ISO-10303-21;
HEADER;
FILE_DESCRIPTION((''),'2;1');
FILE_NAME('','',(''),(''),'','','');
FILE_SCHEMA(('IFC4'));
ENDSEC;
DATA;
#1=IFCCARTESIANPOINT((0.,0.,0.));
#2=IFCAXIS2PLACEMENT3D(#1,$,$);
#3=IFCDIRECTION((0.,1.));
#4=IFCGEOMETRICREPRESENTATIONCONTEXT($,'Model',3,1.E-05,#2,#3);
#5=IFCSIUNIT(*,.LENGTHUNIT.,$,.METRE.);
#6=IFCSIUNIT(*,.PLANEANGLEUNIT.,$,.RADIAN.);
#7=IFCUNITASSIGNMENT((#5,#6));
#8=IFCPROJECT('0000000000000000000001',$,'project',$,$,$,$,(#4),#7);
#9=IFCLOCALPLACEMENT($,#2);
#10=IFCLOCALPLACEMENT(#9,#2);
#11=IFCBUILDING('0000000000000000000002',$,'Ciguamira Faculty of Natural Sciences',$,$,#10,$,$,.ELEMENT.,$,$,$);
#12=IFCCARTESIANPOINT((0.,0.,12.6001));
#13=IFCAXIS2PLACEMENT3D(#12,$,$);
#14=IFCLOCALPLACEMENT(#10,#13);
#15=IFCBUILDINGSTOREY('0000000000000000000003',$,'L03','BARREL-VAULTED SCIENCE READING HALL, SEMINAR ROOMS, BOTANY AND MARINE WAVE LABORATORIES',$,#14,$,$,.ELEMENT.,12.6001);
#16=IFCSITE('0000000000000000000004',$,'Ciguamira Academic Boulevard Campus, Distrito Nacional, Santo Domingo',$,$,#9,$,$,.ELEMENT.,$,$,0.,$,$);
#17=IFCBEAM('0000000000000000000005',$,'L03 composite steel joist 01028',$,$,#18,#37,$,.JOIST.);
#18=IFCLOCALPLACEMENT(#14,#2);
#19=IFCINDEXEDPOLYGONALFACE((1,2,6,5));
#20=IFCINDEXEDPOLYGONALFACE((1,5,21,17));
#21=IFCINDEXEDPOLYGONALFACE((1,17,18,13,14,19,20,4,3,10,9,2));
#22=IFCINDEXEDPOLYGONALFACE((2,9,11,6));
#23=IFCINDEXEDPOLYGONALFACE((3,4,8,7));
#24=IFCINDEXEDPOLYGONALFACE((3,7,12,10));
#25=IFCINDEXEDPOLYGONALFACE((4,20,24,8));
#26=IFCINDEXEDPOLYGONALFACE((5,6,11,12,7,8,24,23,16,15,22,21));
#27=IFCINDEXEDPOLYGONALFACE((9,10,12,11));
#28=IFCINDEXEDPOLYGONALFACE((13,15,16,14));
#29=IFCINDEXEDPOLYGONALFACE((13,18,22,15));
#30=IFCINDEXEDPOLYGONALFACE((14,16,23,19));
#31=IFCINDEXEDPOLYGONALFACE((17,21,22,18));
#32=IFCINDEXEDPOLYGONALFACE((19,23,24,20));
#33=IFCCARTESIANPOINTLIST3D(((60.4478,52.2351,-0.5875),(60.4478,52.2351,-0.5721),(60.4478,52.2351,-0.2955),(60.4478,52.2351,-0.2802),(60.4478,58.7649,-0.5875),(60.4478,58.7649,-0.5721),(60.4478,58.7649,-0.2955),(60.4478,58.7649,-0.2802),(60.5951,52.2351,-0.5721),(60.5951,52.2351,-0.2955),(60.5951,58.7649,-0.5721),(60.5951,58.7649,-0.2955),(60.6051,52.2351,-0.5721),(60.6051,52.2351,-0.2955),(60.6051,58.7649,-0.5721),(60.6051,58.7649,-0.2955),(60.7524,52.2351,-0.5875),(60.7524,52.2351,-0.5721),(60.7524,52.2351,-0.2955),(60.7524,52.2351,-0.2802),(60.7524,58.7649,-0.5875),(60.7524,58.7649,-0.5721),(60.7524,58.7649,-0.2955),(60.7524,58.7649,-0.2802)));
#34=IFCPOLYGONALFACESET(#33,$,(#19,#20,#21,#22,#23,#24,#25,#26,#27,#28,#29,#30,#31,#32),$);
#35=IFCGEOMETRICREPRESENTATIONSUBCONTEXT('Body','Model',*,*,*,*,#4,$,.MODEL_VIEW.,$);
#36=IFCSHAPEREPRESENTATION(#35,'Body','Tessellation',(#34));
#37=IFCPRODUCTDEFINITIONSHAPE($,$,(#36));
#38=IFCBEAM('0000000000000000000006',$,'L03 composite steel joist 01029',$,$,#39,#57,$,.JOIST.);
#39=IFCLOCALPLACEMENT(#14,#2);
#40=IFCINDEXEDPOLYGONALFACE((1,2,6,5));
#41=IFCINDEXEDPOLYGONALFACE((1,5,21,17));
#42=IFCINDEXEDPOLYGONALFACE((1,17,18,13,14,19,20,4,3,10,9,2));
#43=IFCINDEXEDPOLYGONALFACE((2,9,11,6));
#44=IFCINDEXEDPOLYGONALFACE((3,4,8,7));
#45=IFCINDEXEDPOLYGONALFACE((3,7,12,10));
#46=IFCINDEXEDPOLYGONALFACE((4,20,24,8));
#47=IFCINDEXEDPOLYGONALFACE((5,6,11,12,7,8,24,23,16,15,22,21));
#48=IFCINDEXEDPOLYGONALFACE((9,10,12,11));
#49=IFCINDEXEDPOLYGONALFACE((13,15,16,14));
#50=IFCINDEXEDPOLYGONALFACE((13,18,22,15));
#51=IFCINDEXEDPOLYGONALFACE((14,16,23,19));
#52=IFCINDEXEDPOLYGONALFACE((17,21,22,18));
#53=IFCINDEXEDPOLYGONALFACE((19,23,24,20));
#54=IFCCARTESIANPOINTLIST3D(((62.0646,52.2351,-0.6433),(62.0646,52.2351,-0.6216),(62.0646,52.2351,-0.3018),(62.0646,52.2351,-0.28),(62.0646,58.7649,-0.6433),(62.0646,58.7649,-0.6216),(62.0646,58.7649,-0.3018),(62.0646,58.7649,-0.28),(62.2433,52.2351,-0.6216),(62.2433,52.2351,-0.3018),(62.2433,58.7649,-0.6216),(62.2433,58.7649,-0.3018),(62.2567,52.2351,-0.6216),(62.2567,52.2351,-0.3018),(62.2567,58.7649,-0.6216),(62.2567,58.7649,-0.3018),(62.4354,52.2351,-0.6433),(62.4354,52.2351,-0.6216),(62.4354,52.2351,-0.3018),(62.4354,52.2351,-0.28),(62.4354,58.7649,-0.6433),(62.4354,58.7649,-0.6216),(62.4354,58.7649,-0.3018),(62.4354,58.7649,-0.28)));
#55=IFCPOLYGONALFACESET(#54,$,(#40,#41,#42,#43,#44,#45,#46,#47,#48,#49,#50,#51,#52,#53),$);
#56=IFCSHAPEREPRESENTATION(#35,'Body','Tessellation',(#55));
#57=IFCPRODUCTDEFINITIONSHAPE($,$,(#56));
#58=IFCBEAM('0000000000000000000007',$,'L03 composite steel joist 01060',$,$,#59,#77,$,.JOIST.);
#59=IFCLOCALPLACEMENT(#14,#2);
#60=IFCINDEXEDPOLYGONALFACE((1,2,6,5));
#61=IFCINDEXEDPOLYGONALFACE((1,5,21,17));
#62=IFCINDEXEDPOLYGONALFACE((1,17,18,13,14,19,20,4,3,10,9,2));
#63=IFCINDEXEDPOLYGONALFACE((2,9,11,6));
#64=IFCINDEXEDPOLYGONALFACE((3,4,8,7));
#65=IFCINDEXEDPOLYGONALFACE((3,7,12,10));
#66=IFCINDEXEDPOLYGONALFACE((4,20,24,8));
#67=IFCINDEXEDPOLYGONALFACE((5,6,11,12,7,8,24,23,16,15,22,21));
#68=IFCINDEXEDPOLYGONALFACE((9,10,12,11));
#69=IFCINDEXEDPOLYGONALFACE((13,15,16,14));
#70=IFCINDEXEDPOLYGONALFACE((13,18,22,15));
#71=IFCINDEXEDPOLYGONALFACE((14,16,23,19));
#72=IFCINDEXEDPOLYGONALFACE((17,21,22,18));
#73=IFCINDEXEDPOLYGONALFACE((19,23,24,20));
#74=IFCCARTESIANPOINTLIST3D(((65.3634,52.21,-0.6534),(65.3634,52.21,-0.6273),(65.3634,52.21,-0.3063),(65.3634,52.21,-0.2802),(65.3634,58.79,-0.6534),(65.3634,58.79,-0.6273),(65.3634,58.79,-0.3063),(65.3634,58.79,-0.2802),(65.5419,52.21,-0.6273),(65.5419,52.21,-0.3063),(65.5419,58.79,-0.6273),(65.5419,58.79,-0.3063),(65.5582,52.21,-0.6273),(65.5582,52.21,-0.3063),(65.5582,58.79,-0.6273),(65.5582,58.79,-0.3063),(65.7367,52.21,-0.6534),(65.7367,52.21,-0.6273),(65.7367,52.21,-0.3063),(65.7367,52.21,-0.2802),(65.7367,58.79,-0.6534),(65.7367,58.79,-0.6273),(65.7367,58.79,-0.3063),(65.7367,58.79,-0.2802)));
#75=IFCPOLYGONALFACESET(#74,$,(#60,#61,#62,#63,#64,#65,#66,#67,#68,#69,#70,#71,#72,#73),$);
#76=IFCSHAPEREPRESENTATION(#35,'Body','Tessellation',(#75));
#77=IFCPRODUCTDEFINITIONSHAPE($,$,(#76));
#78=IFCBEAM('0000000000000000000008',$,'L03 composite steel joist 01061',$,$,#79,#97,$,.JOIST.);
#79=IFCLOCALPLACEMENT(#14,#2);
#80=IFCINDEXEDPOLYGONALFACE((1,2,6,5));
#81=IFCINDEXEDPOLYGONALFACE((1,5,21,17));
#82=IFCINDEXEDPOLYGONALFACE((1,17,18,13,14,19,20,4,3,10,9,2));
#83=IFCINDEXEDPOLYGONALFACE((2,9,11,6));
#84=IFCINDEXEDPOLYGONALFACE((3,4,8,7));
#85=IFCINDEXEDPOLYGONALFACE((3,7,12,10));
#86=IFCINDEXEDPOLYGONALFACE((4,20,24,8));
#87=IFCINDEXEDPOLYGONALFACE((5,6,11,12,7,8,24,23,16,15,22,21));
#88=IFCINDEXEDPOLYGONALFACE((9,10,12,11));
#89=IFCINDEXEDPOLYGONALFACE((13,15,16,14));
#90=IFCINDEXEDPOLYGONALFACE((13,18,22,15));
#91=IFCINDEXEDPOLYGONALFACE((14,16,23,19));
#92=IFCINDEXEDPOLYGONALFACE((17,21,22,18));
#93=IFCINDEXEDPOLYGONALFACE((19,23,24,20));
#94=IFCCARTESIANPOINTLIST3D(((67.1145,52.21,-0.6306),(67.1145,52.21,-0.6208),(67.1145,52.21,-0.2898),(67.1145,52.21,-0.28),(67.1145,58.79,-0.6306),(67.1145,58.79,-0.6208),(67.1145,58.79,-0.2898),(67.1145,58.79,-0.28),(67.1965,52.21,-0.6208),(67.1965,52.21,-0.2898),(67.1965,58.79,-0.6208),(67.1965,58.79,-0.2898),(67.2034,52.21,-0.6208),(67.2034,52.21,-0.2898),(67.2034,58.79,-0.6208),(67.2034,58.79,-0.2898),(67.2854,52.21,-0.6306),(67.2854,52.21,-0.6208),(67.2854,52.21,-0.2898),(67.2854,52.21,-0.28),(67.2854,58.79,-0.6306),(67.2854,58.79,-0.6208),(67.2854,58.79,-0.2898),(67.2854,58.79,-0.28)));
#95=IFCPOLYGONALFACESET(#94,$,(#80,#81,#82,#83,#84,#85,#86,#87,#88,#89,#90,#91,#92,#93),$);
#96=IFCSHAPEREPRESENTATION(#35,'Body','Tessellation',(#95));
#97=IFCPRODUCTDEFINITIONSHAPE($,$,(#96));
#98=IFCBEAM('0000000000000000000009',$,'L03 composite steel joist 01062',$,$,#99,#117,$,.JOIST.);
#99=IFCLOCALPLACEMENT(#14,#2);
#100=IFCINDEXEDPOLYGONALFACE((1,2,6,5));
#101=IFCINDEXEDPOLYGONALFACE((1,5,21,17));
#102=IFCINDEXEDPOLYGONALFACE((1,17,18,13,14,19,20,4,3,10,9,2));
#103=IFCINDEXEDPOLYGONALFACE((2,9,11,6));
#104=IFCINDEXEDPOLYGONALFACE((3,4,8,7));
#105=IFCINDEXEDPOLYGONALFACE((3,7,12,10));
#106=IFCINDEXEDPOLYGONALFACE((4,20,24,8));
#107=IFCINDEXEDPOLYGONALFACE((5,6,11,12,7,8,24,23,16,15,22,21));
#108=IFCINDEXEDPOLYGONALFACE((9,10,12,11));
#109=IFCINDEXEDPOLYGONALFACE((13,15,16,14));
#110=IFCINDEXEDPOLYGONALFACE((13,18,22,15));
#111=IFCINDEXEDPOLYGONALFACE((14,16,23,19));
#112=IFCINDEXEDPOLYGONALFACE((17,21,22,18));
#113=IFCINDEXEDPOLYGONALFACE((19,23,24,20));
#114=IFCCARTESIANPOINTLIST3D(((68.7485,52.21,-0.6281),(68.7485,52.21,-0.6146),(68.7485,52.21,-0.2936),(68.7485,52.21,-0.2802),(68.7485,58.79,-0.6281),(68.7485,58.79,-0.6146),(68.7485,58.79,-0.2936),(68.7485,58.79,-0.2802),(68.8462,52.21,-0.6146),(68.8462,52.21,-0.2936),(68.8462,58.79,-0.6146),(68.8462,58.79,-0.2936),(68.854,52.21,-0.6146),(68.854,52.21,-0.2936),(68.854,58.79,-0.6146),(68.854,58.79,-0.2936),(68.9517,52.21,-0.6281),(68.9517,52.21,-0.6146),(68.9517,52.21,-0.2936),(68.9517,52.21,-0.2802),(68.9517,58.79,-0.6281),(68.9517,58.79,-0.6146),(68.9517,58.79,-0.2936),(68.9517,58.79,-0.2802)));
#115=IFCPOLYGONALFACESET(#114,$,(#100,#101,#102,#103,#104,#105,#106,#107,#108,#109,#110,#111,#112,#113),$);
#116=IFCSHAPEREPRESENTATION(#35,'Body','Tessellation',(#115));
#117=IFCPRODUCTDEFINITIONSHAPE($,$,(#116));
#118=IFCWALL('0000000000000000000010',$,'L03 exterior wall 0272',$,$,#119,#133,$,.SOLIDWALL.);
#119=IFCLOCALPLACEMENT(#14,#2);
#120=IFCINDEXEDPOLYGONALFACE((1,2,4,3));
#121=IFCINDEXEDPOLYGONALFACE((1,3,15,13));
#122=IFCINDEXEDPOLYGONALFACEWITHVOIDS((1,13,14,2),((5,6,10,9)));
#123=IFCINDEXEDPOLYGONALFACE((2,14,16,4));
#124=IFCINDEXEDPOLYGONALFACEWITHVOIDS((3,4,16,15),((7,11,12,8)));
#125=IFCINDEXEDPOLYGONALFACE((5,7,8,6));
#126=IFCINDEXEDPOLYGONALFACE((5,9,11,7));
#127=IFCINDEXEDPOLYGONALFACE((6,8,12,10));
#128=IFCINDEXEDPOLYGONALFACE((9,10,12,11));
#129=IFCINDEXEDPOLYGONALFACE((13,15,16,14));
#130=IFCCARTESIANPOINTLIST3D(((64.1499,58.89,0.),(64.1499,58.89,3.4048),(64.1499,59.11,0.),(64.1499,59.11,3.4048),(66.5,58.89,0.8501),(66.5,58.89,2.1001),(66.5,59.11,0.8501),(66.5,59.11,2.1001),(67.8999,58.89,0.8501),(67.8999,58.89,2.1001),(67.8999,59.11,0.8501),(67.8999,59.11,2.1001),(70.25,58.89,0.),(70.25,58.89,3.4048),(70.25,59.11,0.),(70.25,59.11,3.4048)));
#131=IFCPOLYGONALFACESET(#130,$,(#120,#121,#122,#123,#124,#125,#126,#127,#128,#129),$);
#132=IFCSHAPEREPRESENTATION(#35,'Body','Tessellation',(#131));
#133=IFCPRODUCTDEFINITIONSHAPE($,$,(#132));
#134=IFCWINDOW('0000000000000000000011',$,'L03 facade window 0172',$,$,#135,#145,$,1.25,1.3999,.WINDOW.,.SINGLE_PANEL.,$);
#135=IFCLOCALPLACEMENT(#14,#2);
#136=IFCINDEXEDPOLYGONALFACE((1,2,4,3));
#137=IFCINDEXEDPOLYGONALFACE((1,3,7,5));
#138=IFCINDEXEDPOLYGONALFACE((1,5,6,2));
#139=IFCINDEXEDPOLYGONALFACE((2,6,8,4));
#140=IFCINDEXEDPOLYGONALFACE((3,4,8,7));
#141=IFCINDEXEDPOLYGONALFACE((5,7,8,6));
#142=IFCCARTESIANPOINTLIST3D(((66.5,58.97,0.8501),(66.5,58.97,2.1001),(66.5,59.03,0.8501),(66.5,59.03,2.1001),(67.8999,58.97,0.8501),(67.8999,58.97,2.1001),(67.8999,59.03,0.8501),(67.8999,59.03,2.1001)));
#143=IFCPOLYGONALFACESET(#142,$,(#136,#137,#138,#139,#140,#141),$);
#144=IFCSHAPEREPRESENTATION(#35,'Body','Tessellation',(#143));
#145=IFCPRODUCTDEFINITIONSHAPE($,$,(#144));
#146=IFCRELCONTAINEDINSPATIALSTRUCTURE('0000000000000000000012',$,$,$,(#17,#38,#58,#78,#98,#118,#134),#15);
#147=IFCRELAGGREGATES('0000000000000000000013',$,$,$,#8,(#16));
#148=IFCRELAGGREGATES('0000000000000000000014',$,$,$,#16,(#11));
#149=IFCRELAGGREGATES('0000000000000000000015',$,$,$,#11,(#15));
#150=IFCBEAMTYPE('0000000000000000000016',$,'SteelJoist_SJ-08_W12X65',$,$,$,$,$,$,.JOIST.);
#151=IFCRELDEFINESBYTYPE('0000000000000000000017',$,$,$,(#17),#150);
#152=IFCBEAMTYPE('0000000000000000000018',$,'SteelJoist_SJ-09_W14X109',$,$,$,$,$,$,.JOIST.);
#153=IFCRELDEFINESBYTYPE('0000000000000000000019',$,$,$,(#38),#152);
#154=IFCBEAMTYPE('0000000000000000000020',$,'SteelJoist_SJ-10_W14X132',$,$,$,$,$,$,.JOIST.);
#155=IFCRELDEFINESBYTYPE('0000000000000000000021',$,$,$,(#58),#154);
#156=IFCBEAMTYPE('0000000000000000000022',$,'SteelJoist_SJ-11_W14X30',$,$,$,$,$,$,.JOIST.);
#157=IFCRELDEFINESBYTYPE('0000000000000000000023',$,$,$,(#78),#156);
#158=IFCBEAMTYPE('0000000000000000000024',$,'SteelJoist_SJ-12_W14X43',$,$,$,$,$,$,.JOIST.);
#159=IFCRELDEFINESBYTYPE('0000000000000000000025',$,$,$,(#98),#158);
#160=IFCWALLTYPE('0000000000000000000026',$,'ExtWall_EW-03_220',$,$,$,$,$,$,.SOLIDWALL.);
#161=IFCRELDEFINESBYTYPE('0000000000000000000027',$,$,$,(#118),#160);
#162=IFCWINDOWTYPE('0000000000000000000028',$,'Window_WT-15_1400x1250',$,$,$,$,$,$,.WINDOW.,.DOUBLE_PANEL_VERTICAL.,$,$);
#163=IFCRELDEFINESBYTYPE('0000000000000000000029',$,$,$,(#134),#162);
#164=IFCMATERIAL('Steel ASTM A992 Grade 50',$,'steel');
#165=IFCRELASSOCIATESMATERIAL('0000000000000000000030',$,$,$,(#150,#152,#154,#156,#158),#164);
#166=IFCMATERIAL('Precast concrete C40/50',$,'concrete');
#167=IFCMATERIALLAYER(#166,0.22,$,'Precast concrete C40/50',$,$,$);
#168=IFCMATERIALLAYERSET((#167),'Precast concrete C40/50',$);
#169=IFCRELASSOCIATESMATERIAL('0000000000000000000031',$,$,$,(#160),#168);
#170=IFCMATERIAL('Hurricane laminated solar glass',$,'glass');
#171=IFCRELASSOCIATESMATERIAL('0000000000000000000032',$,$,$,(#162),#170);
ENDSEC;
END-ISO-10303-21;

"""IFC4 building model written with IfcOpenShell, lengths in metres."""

from ifc_helpers import new_model, si_unit, direction, frame, frame_2d, origin, origin_2d, place, context, subcontext, project, spatial, rectangle, i_section, extrude, material, layer, layer_set, material_profile, profile_set, type_object, element, fill, save


model = new_model("IFC4")

# Units and contexts
model_context = context("Model", 3, precision=1e-05, world=origin(), true_north=direction((0.0, 1.0)))
body_context = subcontext(model_context, "Body", "Model", "MODEL_VIEW")
ifc_project = project(units=[si_unit("LENGTHUNIT", "METRE"), si_unit("PLANEANGLEUNIT", "RADIAN")], contexts=[model_context])

# Site, building, storey
site_placement = place(None, origin())
site = spatial("IfcSite", under=ifc_project, at=site_placement, Name="Ciguamira Academic Boulevard Campus, Distrito Nacional, Santo Domingo", CompositionType="ELEMENT", RefElevation=0.0)
building_placement = place(site_placement, origin())
building = spatial("IfcBuilding", under=site, at=building_placement, Name="Ciguamira Faculty of Natural Sciences", CompositionType="ELEMENT")
storey_placement = place(building_placement, frame((0.0, 0.0, 12.6001)))
storey = spatial("IfcBuildingStorey", under=building, at=storey_placement, Name="L03", Description="BARREL-VAULTED SCIENCE READING HALL, SEMINAR ROOMS, BOTANY AND MARINE WAVE LABORATORIES", CompositionType="ELEMENT", Elevation=12.6001)

# Beams
ifc_material_1 = material(Name="Precast concrete C40/50", Category="concrete")
ifc_material_2 = material(Name="Steel ASTM A992 Grade 50", Category="steel")
ifc_material_profile_1 = material_profile(ifc_material_2, i_section(OverallWidth=0.3047, OverallDepth=0.3074, WebThickness=0.01, FlangeThickness=0.0154, at=origin_2d()), Name="W12X65")
ifc_profile_set_1 = profile_set([ifc_material_profile_1], Name="Steel ASTM A992 Grade 50")
beam_type_1 = type_object("IfcBeamType", Name="SteelJoist_SJ-08_W12X65", PredefinedType="JOIST", material=ifc_profile_set_1)
beam_1_placement = place(storey_placement, frame((60.6001, 52.2351, -0.4338), z_axis=(0.0, 1.0, 0.0), x_axis=(-1.0, 0.0, 0.0)))
element("IfcBeam", 1, at=beam_1_placement, inside=storey, type_object=beam_type_1, Name="L03 composite steel joist 01028", PredefinedType="JOIST", context=body_context, shape_type="SweptSolid", body=[
    extrude(i_section(OverallWidth=0.3047, OverallDepth=0.3074, WebThickness=0.01, FlangeThickness=0.0154, at=origin_2d()), origin(), (0.0, 0.0, 1.0), 6.5298),
])
ifc_material_profile_2 = material_profile(ifc_material_2, i_section(OverallWidth=0.3708, OverallDepth=0.3633, WebThickness=0.0134, FlangeThickness=0.0217, at=origin_2d()), Name="W14X109")
ifc_profile_set_2 = profile_set([ifc_material_profile_2], Name="Steel ASTM A992 Grade 50")
beam_type_2 = type_object("IfcBeamType", Name="SteelJoist_SJ-09_W14X109", PredefinedType="JOIST", material=ifc_profile_set_2)
beam_2_placement = place(storey_placement, frame((62.25, 52.2351, -0.4617), z_axis=(0.0, 1.0, 0.0), x_axis=(-1.0, 0.0, 0.0)))
element("IfcBeam", 2, at=beam_2_placement, inside=storey, type_object=beam_type_2, Name="L03 composite steel joist 01029", PredefinedType="JOIST", context=body_context, shape_type="SweptSolid", body=[
    extrude(i_section(OverallWidth=0.3708, OverallDepth=0.3633, WebThickness=0.0134, FlangeThickness=0.0217, at=origin_2d()), origin(), (0.0, 0.0, 1.0), 6.5298),
])
ifc_material_profile_3 = material_profile(ifc_material_2, i_section(OverallWidth=0.3733, OverallDepth=0.3733, WebThickness=0.0164, FlangeThickness=0.0261, at=origin_2d()), Name="W14X132")
ifc_profile_set_3 = profile_set([ifc_material_profile_3], Name="Steel ASTM A992 Grade 50")
beam_type_3 = type_object("IfcBeamType", Name="SteelJoist_SJ-10_W14X132", PredefinedType="JOIST", material=ifc_profile_set_3)
beam_3_placement = place(storey_placement, frame((65.55, 52.21, -0.4668), z_axis=(0.0, 1.0, 0.0), x_axis=(-1.0, 0.0, 0.0)))
element("IfcBeam", 3, at=beam_3_placement, inside=storey, type_object=beam_type_3, Name="L03 composite steel joist 01060", PredefinedType="JOIST", context=body_context, shape_type="SweptSolid", body=[
    extrude(i_section(OverallWidth=0.3733, OverallDepth=0.3733, WebThickness=0.0164, FlangeThickness=0.0261, at=origin_2d()), origin(), (0.0, 0.0, 1.0), 6.5801),
])
ifc_material_profile_4 = material_profile(ifc_material_2, i_section(OverallWidth=0.1709, OverallDepth=0.3506, WebThickness=0.0068, FlangeThickness=0.0098, at=origin_2d()), Name="W14X30")
ifc_profile_set_4 = profile_set([ifc_material_profile_4], Name="Steel ASTM A992 Grade 50")
beam_type_4 = type_object("IfcBeamType", Name="SteelJoist_SJ-11_W14X30", PredefinedType="JOIST", material=ifc_profile_set_4)
beam_4_placement = place(storey_placement, frame((67.2, 52.21, -0.4553), z_axis=(0.0, 1.0, 0.0), x_axis=(-1.0, 0.0, 0.0)))
element("IfcBeam", 4, at=beam_4_placement, inside=storey, type_object=beam_type_4, Name="L03 composite steel joist 01061", PredefinedType="JOIST", context=body_context, shape_type="SweptSolid", body=[
    extrude(i_section(OverallWidth=0.1709, OverallDepth=0.3506, WebThickness=0.0068, FlangeThickness=0.0098, at=origin_2d()), origin(), (0.0, 0.0, 1.0), 6.5801),
])
ifc_material_profile_5 = material_profile(ifc_material_2, i_section(OverallWidth=0.2031, OverallDepth=0.3479, WebThickness=0.0078, FlangeThickness=0.0134, at=origin_2d()), Name="W14X43")
ifc_profile_set_5 = profile_set([ifc_material_profile_5], Name="Steel ASTM A992 Grade 50")
beam_type_5 = type_object("IfcBeamType", Name="SteelJoist_SJ-12_W14X43", PredefinedType="JOIST", material=ifc_profile_set_5)
beam_5_placement = place(storey_placement, frame((68.8501, 52.21, -0.4541), z_axis=(0.0, 1.0, 0.0), x_axis=(-1.0, 0.0, 0.0)))
element("IfcBeam", 5, at=beam_5_placement, inside=storey, type_object=beam_type_5, Name="L03 composite steel joist 01062", PredefinedType="JOIST", context=body_context, shape_type="SweptSolid", body=[
    extrude(i_section(OverallWidth=0.2031, OverallDepth=0.3479, WebThickness=0.0078, FlangeThickness=0.0134, at=origin_2d()), origin(), (0.0, 0.0, 1.0), 6.5801),
])

# Wall, opening, window
ifc_layer = layer(ifc_material_1, 0.22, Name="Precast concrete C40/50")
ifc_layer_set = layer_set([ifc_layer], Name="Precast concrete C40/50")
wall_type = type_object("IfcWallType", Name="ExtWall_EW-03_220", PredefinedType="SOLIDWALL", material=ifc_layer_set)
wall_1_placement = place(storey_placement, frame((64.1499, 59.0, 0.0), z_axis=(0.0, 0.0, 1.0), x_axis=(1.0, 0.0, 0.0)))
wall_1 = element("IfcWall", 6, at=wall_1_placement, inside=storey, type_object=wall_type, Name="L03 exterior wall 0272", PredefinedType="SOLIDWALL", context=body_context, shape_type="SweptSolid", body=[
    extrude(rectangle(XDim=6.1001, YDim=0.22, at=frame_2d((3.05, 0.0))), origin(), (0.0, 0.0, 1.0), 3.4048),
])
opening_1_placement = place(wall_1_placement, frame((2.3501, 0.0, 0.8501)))
opening_1 = element("IfcOpeningElement", 7, at=opening_1_placement, cuts=wall_1, PredefinedType="OPENING", context=body_context, shape_type="SweptSolid", body=[
    extrude(rectangle(XDim=1.3999, YDim=1.25, at=frame_2d((0.7, 0.625))), frame((0.0, 0.1199, 0.0), z_axis=(0.0, -1.0, 0.0), x_axis=(1.0, 0.0, 0.0)), (0.0, 0.0, 1.0), 0.24),
])
ifc_material_3 = material(Name="Hurricane laminated solar glass", Category="glass")
window_type_1 = type_object("IfcWindowType", Name="Window_WT-15_1400x1250", PartitioningType="DOUBLE_PANEL_VERTICAL", PredefinedType="WINDOW", material=ifc_material_3)
window_1_placement = place(opening_1_placement, origin())
window_1 = element("IfcWindow", 8, at=window_1_placement, inside=storey, type_object=window_type_1, Name="L03 facade window 0172", OverallHeight=1.25, OverallWidth=1.3999, PartitioningType="SINGLE_PANEL", PredefinedType="WINDOW", context=body_context, shape_type="SweptSolid", body=[
    extrude(rectangle(XDim=1.3999, YDim=1.25, at=frame_2d((0.7, 0.625))), frame((0.0, 0.03, 0.0), z_axis=(0.0, -1.0, 0.0), x_axis=(1.0, 0.0, 0.0)), (0.0, 0.0, 1.0), 0.0601),
])
fill(opening_1, window_1)

save(model, "model.ifc")
